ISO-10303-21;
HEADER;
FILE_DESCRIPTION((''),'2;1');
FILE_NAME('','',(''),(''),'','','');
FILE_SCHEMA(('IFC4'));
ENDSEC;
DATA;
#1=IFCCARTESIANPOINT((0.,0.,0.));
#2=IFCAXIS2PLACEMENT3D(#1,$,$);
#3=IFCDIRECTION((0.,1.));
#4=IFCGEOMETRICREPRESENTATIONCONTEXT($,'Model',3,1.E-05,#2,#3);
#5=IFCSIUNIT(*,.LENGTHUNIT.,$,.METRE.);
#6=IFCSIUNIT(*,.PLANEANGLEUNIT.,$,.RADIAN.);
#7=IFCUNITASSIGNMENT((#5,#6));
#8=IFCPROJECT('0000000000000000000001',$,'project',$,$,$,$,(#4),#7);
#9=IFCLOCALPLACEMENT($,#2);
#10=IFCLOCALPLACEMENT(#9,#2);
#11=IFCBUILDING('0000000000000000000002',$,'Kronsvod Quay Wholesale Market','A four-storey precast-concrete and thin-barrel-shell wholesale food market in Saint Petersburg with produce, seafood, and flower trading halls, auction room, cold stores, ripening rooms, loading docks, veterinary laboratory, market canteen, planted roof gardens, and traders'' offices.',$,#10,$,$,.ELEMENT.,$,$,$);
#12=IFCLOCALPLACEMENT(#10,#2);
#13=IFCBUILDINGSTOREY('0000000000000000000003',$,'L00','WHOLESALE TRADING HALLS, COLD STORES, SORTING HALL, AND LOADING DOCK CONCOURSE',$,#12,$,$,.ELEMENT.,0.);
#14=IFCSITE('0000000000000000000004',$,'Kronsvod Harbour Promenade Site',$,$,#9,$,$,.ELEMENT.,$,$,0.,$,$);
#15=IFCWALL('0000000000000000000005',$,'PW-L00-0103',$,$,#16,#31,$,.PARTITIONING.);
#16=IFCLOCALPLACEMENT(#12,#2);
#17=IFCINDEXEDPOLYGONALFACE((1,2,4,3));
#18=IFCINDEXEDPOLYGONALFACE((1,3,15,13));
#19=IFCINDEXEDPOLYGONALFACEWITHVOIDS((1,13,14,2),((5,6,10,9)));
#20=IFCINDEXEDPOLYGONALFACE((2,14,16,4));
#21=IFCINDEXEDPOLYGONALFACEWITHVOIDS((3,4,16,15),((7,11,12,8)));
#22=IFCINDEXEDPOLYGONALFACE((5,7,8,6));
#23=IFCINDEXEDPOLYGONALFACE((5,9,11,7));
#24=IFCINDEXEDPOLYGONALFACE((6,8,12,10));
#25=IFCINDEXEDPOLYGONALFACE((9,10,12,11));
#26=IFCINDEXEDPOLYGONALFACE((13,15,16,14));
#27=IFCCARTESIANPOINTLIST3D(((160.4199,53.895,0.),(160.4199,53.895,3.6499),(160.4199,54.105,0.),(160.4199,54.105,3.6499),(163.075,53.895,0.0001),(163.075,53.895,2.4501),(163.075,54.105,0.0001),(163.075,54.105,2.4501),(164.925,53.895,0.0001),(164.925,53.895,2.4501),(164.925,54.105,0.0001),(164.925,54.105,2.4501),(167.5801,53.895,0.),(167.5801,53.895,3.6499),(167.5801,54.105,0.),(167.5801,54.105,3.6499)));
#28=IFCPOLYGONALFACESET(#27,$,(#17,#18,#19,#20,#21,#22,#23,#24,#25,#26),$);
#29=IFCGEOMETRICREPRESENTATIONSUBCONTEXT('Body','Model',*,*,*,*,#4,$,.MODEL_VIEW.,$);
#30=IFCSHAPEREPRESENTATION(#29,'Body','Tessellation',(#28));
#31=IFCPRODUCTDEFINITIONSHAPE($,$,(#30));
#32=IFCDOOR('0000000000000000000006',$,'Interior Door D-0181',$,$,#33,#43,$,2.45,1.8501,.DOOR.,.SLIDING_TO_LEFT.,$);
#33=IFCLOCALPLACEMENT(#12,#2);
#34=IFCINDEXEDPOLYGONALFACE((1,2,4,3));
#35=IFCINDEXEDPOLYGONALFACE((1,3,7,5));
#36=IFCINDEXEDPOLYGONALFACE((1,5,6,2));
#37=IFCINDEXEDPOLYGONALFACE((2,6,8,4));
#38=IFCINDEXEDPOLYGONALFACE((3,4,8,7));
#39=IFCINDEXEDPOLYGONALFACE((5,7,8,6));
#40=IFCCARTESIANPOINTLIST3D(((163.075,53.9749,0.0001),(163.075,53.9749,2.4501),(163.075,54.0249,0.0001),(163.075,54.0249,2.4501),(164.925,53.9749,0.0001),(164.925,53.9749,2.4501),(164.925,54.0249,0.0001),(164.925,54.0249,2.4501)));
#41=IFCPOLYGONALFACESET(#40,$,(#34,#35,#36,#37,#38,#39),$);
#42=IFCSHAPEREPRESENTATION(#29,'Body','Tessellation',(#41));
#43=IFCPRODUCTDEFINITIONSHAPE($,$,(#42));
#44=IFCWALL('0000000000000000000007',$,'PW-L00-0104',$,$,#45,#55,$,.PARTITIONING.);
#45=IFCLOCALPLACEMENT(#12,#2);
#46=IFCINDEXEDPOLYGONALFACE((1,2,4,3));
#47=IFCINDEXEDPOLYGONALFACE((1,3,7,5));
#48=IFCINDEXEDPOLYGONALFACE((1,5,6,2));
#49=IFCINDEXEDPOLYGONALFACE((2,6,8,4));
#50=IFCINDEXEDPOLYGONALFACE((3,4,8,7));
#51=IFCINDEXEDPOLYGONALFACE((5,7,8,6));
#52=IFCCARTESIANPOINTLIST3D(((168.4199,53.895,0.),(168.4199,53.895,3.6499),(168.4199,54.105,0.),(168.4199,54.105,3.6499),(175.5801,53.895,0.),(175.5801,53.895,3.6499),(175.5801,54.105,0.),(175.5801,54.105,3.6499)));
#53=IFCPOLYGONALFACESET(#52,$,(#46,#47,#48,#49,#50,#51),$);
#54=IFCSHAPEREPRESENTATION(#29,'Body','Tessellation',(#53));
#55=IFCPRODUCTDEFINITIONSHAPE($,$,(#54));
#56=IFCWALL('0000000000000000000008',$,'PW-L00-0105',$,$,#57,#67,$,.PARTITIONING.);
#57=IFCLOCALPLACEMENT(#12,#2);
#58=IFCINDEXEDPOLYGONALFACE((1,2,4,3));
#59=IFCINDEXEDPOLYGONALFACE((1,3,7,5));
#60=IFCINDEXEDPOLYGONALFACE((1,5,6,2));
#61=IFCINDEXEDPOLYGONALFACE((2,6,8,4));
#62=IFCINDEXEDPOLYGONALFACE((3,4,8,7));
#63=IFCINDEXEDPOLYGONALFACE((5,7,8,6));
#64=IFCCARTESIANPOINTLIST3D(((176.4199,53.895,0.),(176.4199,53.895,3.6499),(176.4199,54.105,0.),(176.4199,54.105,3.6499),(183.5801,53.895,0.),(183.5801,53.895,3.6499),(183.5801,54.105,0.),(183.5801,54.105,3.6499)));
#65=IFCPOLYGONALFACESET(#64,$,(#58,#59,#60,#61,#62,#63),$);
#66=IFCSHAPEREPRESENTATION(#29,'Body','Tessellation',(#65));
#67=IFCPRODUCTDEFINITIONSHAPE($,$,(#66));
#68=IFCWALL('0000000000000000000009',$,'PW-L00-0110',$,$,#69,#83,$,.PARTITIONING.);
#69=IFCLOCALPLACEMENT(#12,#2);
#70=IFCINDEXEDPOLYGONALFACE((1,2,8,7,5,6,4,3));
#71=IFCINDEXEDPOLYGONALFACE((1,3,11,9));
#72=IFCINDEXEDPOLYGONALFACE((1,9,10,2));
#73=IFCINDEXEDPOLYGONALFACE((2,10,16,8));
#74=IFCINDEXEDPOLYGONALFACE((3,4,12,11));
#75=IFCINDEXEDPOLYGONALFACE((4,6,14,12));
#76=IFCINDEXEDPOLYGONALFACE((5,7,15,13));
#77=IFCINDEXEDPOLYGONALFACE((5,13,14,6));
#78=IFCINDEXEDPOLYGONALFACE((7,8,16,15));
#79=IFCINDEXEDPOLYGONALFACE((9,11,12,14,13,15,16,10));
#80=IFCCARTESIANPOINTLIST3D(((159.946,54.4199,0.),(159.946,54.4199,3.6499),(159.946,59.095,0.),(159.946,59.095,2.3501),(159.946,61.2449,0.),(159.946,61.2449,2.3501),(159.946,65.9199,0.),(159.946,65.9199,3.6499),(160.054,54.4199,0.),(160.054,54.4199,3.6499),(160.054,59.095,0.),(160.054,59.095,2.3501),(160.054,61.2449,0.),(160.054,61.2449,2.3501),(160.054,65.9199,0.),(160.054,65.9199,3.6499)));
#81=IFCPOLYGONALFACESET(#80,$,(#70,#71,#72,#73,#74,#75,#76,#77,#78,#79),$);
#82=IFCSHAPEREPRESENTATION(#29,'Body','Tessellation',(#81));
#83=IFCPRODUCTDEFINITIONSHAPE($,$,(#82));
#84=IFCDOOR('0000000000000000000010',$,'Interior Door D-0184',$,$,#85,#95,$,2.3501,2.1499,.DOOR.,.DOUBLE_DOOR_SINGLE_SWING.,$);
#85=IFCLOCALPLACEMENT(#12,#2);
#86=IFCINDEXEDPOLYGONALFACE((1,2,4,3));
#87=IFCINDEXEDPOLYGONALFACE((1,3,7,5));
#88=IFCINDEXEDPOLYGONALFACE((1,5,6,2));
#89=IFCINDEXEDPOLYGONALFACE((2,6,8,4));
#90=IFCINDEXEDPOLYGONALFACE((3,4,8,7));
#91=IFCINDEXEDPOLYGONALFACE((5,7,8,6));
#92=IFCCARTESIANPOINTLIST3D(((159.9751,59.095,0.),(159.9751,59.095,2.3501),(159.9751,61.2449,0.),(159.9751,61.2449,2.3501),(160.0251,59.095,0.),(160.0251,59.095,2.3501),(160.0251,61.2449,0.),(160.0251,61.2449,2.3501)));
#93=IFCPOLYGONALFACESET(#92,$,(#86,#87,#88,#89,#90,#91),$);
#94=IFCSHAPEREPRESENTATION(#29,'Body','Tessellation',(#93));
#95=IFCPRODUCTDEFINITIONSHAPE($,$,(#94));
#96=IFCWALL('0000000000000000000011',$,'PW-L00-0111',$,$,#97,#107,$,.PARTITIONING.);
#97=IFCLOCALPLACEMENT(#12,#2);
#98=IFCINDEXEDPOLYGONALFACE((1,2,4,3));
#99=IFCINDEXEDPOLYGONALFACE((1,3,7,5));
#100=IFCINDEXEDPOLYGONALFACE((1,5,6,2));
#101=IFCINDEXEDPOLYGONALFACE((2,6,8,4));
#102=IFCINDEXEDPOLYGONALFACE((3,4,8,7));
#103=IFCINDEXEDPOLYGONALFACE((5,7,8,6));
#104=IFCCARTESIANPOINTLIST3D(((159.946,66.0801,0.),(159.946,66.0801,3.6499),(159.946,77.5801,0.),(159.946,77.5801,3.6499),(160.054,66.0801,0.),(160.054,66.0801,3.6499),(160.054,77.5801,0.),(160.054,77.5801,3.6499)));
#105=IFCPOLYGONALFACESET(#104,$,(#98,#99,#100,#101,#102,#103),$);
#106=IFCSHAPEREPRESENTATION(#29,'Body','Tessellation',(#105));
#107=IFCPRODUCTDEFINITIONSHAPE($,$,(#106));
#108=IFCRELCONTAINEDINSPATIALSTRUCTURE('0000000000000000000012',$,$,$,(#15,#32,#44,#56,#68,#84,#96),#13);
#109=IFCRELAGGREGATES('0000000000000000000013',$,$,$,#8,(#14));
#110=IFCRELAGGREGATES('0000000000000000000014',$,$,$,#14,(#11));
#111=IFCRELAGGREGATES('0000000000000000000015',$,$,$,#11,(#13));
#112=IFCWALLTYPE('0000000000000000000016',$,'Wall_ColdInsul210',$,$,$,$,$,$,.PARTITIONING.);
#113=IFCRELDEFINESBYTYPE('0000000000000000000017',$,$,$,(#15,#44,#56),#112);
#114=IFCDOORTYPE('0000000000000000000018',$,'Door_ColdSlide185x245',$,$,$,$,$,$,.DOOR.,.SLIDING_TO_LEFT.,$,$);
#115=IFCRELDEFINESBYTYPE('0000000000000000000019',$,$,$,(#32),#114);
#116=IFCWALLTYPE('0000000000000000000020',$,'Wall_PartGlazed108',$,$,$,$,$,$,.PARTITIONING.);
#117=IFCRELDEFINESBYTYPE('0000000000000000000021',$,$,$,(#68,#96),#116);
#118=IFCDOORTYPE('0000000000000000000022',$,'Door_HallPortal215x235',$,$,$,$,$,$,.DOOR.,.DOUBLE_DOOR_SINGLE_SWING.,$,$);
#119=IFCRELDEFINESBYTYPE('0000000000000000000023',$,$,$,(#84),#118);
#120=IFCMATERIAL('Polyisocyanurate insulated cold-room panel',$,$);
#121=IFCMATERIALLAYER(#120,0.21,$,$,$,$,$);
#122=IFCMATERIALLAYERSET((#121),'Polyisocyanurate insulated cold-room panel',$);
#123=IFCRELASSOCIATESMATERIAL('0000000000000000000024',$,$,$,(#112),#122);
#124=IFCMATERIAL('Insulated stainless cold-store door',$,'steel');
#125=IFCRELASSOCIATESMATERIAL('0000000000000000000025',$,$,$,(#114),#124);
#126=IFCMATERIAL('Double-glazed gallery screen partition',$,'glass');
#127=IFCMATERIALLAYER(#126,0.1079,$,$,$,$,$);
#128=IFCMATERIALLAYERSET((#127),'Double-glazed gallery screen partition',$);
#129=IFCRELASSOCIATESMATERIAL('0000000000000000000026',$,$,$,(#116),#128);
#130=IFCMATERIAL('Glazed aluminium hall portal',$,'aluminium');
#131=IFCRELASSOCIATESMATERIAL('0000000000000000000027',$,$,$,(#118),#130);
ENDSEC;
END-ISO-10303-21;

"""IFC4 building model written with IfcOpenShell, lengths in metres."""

from ifc_helpers import new_model, si_unit, direction, frame, frame_2d, origin, place, context, subcontext, project, spatial, rectangle, extrude, material, layer, layer_set, type_object, element, fill, save


model = new_model("IFC4")

# Units and contexts
model_context = context("Model", 3, precision=1e-05, world=origin(), true_north=direction((0.0, 1.0)))
body_context = subcontext(model_context, "Body", "Model", "MODEL_VIEW")
ifc_project = project(units=[si_unit("LENGTHUNIT", "METRE"), si_unit("PLANEANGLEUNIT", "RADIAN")], contexts=[model_context])

# Site, building, storey
site_placement = place(None, origin())
site = spatial("IfcSite", under=ifc_project, at=site_placement, Name="Kronsvod Harbour Promenade Site", CompositionType="ELEMENT", RefElevation=0.0)
building_placement = place(site_placement, origin())
building = spatial("IfcBuilding", under=site, at=building_placement, Name="Kronsvod Quay Wholesale Market", Description="A four-storey precast-concrete and thin-barrel-shell wholesale food market in Saint Petersburg with produce, seafood, and flower trading halls, auction room, cold stores, ripening rooms, loading docks, veterinary laboratory, market canteen, planted roof gardens, and traders' offices.", CompositionType="ELEMENT")
storey_placement = place(building_placement, origin())
storey = spatial("IfcBuildingStorey", under=building, at=storey_placement, Name="L00", Description="WHOLESALE TRADING HALLS, COLD STORES, SORTING HALL, AND LOADING DOCK CONCOURSE", CompositionType="ELEMENT", Elevation=0.0)

# Wall, opening, door
ifc_material_1 = material(Name="Polyisocyanurate insulated cold-room panel")
ifc_layer_1 = layer(ifc_material_1, 0.21)
ifc_layer_set_1 = layer_set([ifc_layer_1], Name="Polyisocyanurate insulated cold-room panel")
wall_type_1 = type_object("IfcWallType", Name="Wall_ColdInsul210", PredefinedType="PARTITIONING", material=ifc_layer_set_1)
wall_1_placement = place(storey_placement, frame((160.4199, 54.0, 0.0), z_axis=(0.0, 0.0, 1.0), x_axis=(1.0, 0.0, 0.0)))
wall_1 = element("IfcWall", 1, at=wall_1_placement, inside=storey, type_object=wall_type_1, Name="PW-L00-0103", PredefinedType="PARTITIONING", context=body_context, shape_type="SweptSolid", body=[
    extrude(rectangle(XDim=7.1602, YDim=0.21, at=frame_2d((3.5801, 0.0))), origin(), (0.0, 0.0, 1.0), 3.6499),
])
opening_1_placement = place(wall_1_placement, frame((2.655, 0.0, 0.0)))
opening_1 = element("IfcOpeningElement", 2, at=opening_1_placement, cuts=wall_1, PredefinedType="OPENING", context=body_context, shape_type="SweptSolid", body=[
    extrude(rectangle(XDim=1.8501, YDim=2.45, at=frame_2d((0.925, 1.2251))), frame((0.0, 0.115, 0.0), z_axis=(0.0, -1.0, 0.0), x_axis=(1.0, 0.0, 0.0)), (0.0, 0.0, 1.0), 0.23),
])
ifc_material_2 = material(Name="Insulated stainless cold-store door", Category="steel")
door_type_1 = type_object("IfcDoorType", Name="Door_ColdSlide185x245", OperationType="SLIDING_TO_LEFT", PredefinedType="DOOR", material=ifc_material_2)
door_1_placement = place(opening_1_placement, origin())
door_1 = element("IfcDoor", 3, at=door_1_placement, inside=storey, type_object=door_type_1, Name="Interior Door D-0181", OperationType="SLIDING_TO_LEFT", OverallHeight=2.45, OverallWidth=1.8501, PredefinedType="DOOR", context=body_context, shape_type="SweptSolid", body=[
    extrude(rectangle(XDim=1.8501, YDim=2.45, at=frame_2d((0.925, 1.2251))), frame((0.0, 0.0249, 0.0), z_axis=(0.0, -1.0, 0.0), x_axis=(1.0, 0.0, 0.0)), (0.0, 0.0, 1.0), 0.05),
])
fill(opening_1, door_1)

# Walls
for number, where, z_axis, x_axis, name in (
    (4, (168.4199, 54.0, 0.0), (0.0, 0.0, 1.0), (1.0, 0.0, 0.0), "PW-L00-0104"),
    (5, (176.4199, 54.0, 0.0), (0.0, 0.0, 1.0), (1.0, 0.0, 0.0), "PW-L00-0105"),
):
    element("IfcWall", number, at=place(storey_placement, frame(where, z_axis=z_axis, x_axis=x_axis)), inside=storey, type_object=wall_type_1, Name=name, PredefinedType="PARTITIONING", context=body_context, shape_type="SweptSolid", body=[
        extrude(rectangle(XDim=7.1602, YDim=0.21, at=frame_2d((3.5801, 0.0))), origin(), (0.0, 0.0, 1.0), 3.6499),
    ])

# Wall, opening, door
ifc_material_3 = material(Name="Double-glazed gallery screen partition", Category="glass")
ifc_layer_2 = layer(ifc_material_3, 0.1079)
ifc_layer_set_2 = layer_set([ifc_layer_2], Name="Double-glazed gallery screen partition")
wall_type_2 = type_object("IfcWallType", Name="Wall_PartGlazed108", PredefinedType="PARTITIONING", material=ifc_layer_set_2)
wall_2_placement = place(storey_placement, frame((160.0, 54.4199, 0.0), z_axis=(0.0, 0.0, 1.0), x_axis=(0.0, 1.0, 0.0)))
wall_2 = element("IfcWall", 6, at=wall_2_placement, inside=storey, type_object=wall_type_2, Name="PW-L00-0110", PredefinedType="PARTITIONING", context=body_context, shape_type="SweptSolid", body=[
    extrude(rectangle(XDim=11.5, YDim=0.1079, at=frame_2d((5.75, 0.0))), origin(), (0.0, 0.0, 1.0), 3.6499),
])
opening_2_placement = place(wall_2_placement, frame((4.675, 0.0, 0.0)))
opening_2 = element("IfcOpeningElement", 7, at=opening_2_placement, cuts=wall_2, PredefinedType="OPENING", context=body_context, shape_type="SweptSolid", body=[
    extrude(rectangle(XDim=2.1499, YDim=2.3501, at=frame_2d((1.075, 1.175))), frame((0.0, 0.064, 0.0), z_axis=(0.0, -1.0, 0.0), x_axis=(1.0, 0.0, 0.0)), (0.0, 0.0, 1.0), 0.1279),
])
ifc_material_4 = material(Name="Glazed aluminium hall portal", Category="aluminium")
door_type_2 = type_object("IfcDoorType", Name="Door_HallPortal215x235", OperationType="DOUBLE_DOOR_SINGLE_SWING", PredefinedType="DOOR", material=ifc_material_4)
door_2_placement = place(opening_2_placement, origin())
door_2 = element("IfcDoor", 8, at=door_2_placement, inside=storey, type_object=door_type_2, Name="Interior Door D-0184", OperationType="DOUBLE_DOOR_SINGLE_SWING", OverallHeight=2.3501, OverallWidth=2.1499, PredefinedType="DOOR", context=body_context, shape_type="SweptSolid", body=[
    extrude(rectangle(XDim=2.1499, YDim=2.3501, at=frame_2d((1.075, 1.175))), frame((0.0, 0.0249, 0.0), z_axis=(0.0, -1.0, 0.0), x_axis=(1.0, 0.0, 0.0)), (0.0, 0.0, 1.0), 0.05),
])
fill(opening_2, door_2)

# Wall
wall_3_placement = place(storey_placement, frame((160.0, 66.0801, 0.0), z_axis=(0.0, 0.0, 1.0), x_axis=(0.0, 1.0, 0.0)))
element("IfcWall", 9, at=wall_3_placement, inside=storey, type_object=wall_type_2, Name="PW-L00-0111", PredefinedType="PARTITIONING", context=body_context, shape_type="SweptSolid", body=[
    extrude(rectangle(XDim=11.5, YDim=0.1079, at=frame_2d((5.75, 0.0))), origin(), (0.0, 0.0, 1.0), 3.6499),
])

save(model, "model.ifc")
